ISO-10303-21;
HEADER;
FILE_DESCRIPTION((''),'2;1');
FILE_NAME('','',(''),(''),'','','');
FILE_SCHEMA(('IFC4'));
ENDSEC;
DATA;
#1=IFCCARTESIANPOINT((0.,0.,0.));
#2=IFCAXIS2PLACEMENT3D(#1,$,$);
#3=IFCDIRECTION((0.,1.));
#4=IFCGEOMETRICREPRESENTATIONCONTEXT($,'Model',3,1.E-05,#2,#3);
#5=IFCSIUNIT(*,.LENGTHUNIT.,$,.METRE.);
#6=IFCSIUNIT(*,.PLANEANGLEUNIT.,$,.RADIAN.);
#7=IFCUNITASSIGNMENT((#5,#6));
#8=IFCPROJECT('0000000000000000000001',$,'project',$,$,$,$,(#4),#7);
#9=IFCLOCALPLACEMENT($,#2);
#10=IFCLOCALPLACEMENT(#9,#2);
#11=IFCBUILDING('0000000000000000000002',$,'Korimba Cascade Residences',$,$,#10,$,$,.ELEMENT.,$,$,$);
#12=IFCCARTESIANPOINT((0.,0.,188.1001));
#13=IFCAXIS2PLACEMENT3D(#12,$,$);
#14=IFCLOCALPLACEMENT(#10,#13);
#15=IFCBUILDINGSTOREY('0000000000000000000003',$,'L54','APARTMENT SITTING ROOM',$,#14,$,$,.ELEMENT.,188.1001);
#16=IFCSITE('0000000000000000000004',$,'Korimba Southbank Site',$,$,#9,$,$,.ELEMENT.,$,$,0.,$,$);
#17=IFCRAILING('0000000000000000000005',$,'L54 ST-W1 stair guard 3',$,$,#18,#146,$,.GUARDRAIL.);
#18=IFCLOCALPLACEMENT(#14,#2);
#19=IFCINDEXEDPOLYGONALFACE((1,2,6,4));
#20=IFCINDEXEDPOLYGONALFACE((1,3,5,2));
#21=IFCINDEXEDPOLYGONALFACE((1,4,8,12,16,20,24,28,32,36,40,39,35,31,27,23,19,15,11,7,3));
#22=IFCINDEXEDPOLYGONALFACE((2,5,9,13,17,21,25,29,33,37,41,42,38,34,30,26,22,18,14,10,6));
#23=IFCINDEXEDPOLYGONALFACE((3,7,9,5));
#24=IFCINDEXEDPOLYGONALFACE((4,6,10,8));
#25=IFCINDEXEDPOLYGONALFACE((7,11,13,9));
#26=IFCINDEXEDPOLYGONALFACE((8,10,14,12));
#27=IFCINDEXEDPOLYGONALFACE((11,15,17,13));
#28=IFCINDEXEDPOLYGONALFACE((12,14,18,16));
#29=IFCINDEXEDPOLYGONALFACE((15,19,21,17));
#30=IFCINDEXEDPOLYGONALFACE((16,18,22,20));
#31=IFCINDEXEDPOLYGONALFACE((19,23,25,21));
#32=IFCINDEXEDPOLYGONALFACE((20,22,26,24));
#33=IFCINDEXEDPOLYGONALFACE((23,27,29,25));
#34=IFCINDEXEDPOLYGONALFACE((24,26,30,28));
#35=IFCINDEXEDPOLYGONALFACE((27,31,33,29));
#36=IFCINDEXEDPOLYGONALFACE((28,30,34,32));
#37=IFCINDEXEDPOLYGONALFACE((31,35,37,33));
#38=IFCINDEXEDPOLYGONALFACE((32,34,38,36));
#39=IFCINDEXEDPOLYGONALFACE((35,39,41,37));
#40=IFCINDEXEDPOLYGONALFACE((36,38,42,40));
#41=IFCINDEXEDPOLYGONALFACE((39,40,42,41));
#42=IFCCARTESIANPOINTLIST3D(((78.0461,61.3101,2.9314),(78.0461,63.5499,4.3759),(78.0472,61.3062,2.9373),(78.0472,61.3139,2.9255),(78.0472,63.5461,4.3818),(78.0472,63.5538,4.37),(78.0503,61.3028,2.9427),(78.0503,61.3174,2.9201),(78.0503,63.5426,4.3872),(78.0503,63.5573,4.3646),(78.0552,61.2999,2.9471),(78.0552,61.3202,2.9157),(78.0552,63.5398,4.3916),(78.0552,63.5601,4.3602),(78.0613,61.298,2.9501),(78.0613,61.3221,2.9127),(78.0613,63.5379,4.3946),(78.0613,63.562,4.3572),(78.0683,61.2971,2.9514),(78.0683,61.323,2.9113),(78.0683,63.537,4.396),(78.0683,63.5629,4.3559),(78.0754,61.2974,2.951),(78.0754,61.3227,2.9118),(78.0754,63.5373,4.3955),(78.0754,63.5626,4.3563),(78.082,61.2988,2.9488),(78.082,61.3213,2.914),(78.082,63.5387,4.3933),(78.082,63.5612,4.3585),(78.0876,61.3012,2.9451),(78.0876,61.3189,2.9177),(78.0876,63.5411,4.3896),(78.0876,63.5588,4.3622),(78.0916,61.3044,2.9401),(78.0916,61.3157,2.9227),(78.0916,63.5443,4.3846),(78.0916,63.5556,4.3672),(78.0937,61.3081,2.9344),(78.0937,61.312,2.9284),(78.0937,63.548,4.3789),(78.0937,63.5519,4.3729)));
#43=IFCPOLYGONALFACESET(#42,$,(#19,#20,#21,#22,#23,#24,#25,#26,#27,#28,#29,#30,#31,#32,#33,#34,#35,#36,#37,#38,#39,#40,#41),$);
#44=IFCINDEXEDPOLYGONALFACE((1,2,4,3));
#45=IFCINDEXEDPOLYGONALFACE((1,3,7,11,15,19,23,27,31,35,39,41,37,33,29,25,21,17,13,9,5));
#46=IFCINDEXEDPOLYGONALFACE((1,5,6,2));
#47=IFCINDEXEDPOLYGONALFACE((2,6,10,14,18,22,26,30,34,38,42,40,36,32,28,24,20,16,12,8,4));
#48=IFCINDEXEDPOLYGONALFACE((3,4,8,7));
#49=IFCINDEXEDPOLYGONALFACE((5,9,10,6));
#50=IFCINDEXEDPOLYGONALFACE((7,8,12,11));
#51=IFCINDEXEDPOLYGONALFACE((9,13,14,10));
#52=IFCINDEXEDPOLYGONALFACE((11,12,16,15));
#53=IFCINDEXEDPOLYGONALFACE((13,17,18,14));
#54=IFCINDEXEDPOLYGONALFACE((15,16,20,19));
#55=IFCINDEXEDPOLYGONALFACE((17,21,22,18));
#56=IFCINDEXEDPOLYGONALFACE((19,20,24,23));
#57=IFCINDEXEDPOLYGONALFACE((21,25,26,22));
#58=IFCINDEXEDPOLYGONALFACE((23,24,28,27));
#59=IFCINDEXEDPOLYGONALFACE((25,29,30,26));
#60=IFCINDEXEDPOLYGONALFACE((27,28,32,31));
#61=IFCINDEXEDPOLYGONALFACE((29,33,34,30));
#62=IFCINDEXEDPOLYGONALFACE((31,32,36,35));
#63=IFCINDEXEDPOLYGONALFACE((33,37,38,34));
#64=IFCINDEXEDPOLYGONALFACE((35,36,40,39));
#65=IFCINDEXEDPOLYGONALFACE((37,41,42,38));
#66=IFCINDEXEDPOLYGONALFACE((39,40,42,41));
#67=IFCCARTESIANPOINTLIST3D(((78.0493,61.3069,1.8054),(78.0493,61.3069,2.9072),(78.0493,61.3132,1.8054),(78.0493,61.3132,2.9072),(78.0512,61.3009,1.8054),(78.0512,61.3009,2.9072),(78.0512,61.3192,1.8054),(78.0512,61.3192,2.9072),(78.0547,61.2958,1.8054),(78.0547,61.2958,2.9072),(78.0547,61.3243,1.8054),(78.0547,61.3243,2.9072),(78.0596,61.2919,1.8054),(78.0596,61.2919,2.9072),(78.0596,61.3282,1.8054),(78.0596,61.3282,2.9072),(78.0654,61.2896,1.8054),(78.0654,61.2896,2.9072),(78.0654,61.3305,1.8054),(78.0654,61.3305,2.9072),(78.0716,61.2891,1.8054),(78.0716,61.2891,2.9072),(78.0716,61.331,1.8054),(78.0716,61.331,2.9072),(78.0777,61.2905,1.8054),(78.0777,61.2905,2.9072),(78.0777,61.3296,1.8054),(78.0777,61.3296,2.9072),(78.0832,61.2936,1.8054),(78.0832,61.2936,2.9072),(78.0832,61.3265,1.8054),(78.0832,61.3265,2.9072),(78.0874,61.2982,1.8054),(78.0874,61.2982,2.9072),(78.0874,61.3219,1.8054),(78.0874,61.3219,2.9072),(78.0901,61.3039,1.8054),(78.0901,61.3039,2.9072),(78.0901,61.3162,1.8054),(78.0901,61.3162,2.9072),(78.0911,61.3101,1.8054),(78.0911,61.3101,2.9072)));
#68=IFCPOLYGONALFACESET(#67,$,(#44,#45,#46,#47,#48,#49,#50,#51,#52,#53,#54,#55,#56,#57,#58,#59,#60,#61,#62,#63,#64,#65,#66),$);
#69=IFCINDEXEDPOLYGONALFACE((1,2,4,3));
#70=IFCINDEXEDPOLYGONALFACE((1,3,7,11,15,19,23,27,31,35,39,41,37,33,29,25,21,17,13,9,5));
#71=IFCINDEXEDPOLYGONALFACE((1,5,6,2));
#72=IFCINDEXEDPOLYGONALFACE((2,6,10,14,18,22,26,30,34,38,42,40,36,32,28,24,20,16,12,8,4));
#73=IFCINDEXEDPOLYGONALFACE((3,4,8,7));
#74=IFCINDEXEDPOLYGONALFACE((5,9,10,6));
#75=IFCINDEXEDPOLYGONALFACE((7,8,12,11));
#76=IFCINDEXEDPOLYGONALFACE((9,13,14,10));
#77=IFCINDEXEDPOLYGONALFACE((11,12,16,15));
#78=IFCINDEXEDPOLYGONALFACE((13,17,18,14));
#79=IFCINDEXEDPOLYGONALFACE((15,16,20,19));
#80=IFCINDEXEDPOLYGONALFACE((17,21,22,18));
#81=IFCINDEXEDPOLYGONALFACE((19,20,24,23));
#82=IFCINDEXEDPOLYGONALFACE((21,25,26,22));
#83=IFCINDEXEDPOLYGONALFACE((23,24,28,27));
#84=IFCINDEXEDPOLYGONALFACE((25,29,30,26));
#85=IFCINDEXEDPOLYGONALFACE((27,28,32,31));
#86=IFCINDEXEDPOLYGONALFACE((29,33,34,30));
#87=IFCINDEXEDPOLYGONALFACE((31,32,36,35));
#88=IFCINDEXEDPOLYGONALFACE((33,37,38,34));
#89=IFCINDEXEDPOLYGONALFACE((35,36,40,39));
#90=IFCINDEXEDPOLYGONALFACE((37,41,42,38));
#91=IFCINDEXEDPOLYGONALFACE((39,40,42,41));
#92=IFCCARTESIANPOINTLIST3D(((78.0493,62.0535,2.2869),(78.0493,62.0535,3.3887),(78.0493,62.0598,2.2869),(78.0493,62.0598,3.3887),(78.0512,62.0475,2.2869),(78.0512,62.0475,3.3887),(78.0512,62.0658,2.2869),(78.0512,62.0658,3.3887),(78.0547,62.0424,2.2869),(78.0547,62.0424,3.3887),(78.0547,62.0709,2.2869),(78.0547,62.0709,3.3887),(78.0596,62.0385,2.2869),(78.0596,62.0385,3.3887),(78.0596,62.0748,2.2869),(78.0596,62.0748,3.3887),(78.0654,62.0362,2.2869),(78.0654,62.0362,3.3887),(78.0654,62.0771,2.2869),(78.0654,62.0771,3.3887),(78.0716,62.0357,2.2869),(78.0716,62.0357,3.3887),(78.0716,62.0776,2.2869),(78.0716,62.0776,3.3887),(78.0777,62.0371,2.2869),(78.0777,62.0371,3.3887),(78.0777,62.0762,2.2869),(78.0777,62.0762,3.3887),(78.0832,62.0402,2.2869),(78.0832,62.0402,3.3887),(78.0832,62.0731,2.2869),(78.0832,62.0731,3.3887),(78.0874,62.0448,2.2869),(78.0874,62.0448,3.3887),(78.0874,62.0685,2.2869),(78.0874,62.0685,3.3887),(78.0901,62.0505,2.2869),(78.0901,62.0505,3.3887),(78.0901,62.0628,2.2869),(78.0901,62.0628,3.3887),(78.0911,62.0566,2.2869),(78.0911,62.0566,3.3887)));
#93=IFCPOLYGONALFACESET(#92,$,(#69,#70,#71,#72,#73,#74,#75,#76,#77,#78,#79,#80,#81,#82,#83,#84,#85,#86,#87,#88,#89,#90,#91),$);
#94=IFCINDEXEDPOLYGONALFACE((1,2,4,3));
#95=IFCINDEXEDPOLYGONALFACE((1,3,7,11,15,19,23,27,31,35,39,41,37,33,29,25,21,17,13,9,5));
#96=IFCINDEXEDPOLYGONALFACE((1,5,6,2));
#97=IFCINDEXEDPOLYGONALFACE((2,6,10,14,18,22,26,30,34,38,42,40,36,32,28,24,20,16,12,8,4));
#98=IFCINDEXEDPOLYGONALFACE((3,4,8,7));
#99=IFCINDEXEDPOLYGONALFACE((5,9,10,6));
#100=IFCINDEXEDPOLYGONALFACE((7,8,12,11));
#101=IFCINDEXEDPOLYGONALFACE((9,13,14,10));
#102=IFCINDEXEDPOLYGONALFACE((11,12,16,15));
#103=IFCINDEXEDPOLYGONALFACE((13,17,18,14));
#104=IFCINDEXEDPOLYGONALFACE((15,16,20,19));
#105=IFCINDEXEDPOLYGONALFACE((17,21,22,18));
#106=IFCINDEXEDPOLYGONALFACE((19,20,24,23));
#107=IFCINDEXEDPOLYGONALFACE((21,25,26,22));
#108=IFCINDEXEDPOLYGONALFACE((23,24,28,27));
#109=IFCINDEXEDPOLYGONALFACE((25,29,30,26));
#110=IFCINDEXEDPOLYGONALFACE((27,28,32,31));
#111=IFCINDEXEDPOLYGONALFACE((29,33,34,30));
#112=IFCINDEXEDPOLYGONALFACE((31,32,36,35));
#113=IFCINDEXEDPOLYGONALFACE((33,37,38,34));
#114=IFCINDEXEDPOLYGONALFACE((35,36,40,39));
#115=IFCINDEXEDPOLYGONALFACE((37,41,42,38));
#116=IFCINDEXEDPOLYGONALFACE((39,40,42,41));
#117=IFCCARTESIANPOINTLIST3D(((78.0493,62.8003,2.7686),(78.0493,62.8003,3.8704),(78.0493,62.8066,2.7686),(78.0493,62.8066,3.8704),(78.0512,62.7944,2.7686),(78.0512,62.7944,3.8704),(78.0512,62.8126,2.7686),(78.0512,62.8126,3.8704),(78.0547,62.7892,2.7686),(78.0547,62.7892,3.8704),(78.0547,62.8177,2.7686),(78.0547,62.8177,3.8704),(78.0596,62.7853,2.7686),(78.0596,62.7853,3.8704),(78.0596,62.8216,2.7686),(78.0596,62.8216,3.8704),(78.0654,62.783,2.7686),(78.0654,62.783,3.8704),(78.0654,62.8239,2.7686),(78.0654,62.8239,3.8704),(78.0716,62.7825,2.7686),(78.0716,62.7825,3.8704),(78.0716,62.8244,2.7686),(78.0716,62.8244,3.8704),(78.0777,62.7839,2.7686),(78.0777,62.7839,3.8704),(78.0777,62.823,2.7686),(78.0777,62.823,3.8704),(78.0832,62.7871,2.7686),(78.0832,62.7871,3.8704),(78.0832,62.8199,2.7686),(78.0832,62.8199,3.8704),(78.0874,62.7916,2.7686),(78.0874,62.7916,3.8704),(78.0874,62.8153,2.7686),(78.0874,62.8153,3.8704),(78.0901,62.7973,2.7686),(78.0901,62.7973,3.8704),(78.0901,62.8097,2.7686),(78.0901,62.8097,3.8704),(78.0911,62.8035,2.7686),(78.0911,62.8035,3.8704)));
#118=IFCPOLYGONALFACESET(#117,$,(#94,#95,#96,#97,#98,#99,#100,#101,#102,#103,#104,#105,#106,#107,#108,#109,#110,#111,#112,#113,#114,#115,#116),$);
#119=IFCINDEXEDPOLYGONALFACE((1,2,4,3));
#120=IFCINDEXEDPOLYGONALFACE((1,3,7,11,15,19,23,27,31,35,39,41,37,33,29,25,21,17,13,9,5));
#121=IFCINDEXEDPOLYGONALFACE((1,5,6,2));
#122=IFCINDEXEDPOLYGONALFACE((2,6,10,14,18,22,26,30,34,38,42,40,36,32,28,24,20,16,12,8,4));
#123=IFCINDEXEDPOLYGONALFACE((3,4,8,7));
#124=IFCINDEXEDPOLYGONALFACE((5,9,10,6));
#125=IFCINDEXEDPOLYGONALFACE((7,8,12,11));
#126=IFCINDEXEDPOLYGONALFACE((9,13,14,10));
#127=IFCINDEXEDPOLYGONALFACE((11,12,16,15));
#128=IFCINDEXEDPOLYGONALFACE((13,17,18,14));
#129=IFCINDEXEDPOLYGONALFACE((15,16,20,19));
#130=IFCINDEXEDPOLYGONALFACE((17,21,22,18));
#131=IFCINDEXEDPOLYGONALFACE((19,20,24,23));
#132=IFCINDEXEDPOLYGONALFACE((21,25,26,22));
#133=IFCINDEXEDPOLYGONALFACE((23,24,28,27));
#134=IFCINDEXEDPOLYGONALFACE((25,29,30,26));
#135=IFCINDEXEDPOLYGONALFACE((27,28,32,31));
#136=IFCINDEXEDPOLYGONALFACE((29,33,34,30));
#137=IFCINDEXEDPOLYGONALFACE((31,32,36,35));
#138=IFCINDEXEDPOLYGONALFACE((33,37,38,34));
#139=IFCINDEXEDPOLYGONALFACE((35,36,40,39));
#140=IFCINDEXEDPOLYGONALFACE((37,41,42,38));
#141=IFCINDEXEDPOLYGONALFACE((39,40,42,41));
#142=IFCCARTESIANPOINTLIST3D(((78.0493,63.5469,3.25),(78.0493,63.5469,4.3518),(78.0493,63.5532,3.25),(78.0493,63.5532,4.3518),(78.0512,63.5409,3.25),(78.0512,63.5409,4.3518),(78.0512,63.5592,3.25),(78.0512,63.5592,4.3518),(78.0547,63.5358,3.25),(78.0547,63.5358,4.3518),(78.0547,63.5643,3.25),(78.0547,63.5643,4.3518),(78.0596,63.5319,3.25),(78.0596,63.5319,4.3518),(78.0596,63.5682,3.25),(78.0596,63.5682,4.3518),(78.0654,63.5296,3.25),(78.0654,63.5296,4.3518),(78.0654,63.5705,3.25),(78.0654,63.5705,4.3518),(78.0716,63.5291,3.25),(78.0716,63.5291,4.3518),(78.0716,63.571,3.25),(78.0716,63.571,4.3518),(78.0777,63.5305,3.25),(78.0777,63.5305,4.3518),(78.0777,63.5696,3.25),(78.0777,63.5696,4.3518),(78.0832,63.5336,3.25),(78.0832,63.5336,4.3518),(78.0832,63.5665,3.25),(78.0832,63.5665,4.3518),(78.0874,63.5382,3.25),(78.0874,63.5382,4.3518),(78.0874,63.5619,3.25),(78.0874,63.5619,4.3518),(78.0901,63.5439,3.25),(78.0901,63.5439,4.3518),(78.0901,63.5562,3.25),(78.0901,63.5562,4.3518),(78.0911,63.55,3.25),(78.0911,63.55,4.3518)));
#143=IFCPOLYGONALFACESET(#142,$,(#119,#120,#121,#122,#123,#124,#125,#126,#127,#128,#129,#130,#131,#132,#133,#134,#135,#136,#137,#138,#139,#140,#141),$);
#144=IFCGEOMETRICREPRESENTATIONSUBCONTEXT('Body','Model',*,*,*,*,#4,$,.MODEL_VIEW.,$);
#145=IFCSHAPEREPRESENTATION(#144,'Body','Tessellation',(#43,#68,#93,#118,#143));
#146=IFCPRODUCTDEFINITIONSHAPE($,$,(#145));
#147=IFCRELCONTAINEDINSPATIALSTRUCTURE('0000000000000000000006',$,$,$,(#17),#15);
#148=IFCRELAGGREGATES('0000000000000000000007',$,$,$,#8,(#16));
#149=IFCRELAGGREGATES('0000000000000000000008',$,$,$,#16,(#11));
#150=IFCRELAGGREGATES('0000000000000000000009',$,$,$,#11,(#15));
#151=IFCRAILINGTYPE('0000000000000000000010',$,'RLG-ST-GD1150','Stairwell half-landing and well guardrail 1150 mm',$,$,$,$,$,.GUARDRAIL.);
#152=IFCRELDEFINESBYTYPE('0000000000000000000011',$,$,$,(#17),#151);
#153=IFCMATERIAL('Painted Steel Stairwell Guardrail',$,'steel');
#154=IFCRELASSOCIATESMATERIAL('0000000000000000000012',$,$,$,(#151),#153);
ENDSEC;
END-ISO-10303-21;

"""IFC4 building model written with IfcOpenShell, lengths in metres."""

from ifc_helpers import new_model, si_unit, direction, frame, origin, origin_2d, place, context, subcontext, project, spatial, circle, extrude, material, type_object, element, save


model = new_model("IFC4")

# Units and contexts
model_context = context("Model", 3, precision=1e-05, world=origin(), true_north=direction((0.0, 1.0)))
body_context = subcontext(model_context, "Body", "Model", "MODEL_VIEW")
ifc_project = project(units=[si_unit("LENGTHUNIT", "METRE"), si_unit("PLANEANGLEUNIT", "RADIAN")], contexts=[model_context])

# Site, building, storey
site_placement = place(None, origin())
site = spatial("IfcSite", under=ifc_project, at=site_placement, Name="Korimba Southbank Site", CompositionType="ELEMENT", RefElevation=0.0)
building_placement = place(site_placement, origin())
building = spatial("IfcBuilding", under=site, at=building_placement, Name="Korimba Cascade Residences", CompositionType="ELEMENT")
storey_placement = place(building_placement, frame((0.0, 0.0, 188.1001)))
storey = spatial("IfcBuildingStorey", under=building, at=storey_placement, Name="L54", Description="APARTMENT SITTING ROOM", CompositionType="ELEMENT", Elevation=188.1001)

# Railing
ifc_material_1 = material(Name="Painted Steel Stairwell Guardrail", Category="steel")
railing_type_1 = type_object("IfcRailingType", Name="RLG-ST-GD1150", Description="Stairwell half-landing and well guardrail 1150 mm", PredefinedType="GUARDRAIL", material=ifc_material_1)
railing_1_placement = place(storey_placement, frame((78.0701, 61.3101, 1.8054)))
element("IfcRailing", 1, at=railing_1_placement, inside=storey, type_object=railing_type_1, Name="L54 ST-W1 stair guard 3", PredefinedType="GUARDRAIL", context=body_context, shape_type="SweptSolid", body=[
    extrude(circle(Radius=0.0239, at=origin_2d()), frame((0.0, 0.0, 1.126), z_axis=(0.0, 0.840395, 0.541975), x_axis=(-1.0, 0.0, 0.0)), (0.0, 0.0, 1.0), 2.6653),
    extrude(circle(Radius=0.021, at=origin_2d()), origin(), (0.0, 0.0, 1.0), 1.1018),
    extrude(circle(Radius=0.021, at=origin_2d()), frame((0.0, 0.7466, 0.4814)), (0.0, 0.0, 1.0), 1.1018),
    extrude(circle(Radius=0.021, at=origin_2d()), frame((0.0, 1.4934, 0.9631)), (0.0, 0.0, 1.0), 1.1018),
    extrude(circle(Radius=0.021, at=origin_2d()), frame((0.0, 2.24, 1.4446)), (0.0, 0.0, 1.0), 1.1018),
])

save(model, "model.ifc")
